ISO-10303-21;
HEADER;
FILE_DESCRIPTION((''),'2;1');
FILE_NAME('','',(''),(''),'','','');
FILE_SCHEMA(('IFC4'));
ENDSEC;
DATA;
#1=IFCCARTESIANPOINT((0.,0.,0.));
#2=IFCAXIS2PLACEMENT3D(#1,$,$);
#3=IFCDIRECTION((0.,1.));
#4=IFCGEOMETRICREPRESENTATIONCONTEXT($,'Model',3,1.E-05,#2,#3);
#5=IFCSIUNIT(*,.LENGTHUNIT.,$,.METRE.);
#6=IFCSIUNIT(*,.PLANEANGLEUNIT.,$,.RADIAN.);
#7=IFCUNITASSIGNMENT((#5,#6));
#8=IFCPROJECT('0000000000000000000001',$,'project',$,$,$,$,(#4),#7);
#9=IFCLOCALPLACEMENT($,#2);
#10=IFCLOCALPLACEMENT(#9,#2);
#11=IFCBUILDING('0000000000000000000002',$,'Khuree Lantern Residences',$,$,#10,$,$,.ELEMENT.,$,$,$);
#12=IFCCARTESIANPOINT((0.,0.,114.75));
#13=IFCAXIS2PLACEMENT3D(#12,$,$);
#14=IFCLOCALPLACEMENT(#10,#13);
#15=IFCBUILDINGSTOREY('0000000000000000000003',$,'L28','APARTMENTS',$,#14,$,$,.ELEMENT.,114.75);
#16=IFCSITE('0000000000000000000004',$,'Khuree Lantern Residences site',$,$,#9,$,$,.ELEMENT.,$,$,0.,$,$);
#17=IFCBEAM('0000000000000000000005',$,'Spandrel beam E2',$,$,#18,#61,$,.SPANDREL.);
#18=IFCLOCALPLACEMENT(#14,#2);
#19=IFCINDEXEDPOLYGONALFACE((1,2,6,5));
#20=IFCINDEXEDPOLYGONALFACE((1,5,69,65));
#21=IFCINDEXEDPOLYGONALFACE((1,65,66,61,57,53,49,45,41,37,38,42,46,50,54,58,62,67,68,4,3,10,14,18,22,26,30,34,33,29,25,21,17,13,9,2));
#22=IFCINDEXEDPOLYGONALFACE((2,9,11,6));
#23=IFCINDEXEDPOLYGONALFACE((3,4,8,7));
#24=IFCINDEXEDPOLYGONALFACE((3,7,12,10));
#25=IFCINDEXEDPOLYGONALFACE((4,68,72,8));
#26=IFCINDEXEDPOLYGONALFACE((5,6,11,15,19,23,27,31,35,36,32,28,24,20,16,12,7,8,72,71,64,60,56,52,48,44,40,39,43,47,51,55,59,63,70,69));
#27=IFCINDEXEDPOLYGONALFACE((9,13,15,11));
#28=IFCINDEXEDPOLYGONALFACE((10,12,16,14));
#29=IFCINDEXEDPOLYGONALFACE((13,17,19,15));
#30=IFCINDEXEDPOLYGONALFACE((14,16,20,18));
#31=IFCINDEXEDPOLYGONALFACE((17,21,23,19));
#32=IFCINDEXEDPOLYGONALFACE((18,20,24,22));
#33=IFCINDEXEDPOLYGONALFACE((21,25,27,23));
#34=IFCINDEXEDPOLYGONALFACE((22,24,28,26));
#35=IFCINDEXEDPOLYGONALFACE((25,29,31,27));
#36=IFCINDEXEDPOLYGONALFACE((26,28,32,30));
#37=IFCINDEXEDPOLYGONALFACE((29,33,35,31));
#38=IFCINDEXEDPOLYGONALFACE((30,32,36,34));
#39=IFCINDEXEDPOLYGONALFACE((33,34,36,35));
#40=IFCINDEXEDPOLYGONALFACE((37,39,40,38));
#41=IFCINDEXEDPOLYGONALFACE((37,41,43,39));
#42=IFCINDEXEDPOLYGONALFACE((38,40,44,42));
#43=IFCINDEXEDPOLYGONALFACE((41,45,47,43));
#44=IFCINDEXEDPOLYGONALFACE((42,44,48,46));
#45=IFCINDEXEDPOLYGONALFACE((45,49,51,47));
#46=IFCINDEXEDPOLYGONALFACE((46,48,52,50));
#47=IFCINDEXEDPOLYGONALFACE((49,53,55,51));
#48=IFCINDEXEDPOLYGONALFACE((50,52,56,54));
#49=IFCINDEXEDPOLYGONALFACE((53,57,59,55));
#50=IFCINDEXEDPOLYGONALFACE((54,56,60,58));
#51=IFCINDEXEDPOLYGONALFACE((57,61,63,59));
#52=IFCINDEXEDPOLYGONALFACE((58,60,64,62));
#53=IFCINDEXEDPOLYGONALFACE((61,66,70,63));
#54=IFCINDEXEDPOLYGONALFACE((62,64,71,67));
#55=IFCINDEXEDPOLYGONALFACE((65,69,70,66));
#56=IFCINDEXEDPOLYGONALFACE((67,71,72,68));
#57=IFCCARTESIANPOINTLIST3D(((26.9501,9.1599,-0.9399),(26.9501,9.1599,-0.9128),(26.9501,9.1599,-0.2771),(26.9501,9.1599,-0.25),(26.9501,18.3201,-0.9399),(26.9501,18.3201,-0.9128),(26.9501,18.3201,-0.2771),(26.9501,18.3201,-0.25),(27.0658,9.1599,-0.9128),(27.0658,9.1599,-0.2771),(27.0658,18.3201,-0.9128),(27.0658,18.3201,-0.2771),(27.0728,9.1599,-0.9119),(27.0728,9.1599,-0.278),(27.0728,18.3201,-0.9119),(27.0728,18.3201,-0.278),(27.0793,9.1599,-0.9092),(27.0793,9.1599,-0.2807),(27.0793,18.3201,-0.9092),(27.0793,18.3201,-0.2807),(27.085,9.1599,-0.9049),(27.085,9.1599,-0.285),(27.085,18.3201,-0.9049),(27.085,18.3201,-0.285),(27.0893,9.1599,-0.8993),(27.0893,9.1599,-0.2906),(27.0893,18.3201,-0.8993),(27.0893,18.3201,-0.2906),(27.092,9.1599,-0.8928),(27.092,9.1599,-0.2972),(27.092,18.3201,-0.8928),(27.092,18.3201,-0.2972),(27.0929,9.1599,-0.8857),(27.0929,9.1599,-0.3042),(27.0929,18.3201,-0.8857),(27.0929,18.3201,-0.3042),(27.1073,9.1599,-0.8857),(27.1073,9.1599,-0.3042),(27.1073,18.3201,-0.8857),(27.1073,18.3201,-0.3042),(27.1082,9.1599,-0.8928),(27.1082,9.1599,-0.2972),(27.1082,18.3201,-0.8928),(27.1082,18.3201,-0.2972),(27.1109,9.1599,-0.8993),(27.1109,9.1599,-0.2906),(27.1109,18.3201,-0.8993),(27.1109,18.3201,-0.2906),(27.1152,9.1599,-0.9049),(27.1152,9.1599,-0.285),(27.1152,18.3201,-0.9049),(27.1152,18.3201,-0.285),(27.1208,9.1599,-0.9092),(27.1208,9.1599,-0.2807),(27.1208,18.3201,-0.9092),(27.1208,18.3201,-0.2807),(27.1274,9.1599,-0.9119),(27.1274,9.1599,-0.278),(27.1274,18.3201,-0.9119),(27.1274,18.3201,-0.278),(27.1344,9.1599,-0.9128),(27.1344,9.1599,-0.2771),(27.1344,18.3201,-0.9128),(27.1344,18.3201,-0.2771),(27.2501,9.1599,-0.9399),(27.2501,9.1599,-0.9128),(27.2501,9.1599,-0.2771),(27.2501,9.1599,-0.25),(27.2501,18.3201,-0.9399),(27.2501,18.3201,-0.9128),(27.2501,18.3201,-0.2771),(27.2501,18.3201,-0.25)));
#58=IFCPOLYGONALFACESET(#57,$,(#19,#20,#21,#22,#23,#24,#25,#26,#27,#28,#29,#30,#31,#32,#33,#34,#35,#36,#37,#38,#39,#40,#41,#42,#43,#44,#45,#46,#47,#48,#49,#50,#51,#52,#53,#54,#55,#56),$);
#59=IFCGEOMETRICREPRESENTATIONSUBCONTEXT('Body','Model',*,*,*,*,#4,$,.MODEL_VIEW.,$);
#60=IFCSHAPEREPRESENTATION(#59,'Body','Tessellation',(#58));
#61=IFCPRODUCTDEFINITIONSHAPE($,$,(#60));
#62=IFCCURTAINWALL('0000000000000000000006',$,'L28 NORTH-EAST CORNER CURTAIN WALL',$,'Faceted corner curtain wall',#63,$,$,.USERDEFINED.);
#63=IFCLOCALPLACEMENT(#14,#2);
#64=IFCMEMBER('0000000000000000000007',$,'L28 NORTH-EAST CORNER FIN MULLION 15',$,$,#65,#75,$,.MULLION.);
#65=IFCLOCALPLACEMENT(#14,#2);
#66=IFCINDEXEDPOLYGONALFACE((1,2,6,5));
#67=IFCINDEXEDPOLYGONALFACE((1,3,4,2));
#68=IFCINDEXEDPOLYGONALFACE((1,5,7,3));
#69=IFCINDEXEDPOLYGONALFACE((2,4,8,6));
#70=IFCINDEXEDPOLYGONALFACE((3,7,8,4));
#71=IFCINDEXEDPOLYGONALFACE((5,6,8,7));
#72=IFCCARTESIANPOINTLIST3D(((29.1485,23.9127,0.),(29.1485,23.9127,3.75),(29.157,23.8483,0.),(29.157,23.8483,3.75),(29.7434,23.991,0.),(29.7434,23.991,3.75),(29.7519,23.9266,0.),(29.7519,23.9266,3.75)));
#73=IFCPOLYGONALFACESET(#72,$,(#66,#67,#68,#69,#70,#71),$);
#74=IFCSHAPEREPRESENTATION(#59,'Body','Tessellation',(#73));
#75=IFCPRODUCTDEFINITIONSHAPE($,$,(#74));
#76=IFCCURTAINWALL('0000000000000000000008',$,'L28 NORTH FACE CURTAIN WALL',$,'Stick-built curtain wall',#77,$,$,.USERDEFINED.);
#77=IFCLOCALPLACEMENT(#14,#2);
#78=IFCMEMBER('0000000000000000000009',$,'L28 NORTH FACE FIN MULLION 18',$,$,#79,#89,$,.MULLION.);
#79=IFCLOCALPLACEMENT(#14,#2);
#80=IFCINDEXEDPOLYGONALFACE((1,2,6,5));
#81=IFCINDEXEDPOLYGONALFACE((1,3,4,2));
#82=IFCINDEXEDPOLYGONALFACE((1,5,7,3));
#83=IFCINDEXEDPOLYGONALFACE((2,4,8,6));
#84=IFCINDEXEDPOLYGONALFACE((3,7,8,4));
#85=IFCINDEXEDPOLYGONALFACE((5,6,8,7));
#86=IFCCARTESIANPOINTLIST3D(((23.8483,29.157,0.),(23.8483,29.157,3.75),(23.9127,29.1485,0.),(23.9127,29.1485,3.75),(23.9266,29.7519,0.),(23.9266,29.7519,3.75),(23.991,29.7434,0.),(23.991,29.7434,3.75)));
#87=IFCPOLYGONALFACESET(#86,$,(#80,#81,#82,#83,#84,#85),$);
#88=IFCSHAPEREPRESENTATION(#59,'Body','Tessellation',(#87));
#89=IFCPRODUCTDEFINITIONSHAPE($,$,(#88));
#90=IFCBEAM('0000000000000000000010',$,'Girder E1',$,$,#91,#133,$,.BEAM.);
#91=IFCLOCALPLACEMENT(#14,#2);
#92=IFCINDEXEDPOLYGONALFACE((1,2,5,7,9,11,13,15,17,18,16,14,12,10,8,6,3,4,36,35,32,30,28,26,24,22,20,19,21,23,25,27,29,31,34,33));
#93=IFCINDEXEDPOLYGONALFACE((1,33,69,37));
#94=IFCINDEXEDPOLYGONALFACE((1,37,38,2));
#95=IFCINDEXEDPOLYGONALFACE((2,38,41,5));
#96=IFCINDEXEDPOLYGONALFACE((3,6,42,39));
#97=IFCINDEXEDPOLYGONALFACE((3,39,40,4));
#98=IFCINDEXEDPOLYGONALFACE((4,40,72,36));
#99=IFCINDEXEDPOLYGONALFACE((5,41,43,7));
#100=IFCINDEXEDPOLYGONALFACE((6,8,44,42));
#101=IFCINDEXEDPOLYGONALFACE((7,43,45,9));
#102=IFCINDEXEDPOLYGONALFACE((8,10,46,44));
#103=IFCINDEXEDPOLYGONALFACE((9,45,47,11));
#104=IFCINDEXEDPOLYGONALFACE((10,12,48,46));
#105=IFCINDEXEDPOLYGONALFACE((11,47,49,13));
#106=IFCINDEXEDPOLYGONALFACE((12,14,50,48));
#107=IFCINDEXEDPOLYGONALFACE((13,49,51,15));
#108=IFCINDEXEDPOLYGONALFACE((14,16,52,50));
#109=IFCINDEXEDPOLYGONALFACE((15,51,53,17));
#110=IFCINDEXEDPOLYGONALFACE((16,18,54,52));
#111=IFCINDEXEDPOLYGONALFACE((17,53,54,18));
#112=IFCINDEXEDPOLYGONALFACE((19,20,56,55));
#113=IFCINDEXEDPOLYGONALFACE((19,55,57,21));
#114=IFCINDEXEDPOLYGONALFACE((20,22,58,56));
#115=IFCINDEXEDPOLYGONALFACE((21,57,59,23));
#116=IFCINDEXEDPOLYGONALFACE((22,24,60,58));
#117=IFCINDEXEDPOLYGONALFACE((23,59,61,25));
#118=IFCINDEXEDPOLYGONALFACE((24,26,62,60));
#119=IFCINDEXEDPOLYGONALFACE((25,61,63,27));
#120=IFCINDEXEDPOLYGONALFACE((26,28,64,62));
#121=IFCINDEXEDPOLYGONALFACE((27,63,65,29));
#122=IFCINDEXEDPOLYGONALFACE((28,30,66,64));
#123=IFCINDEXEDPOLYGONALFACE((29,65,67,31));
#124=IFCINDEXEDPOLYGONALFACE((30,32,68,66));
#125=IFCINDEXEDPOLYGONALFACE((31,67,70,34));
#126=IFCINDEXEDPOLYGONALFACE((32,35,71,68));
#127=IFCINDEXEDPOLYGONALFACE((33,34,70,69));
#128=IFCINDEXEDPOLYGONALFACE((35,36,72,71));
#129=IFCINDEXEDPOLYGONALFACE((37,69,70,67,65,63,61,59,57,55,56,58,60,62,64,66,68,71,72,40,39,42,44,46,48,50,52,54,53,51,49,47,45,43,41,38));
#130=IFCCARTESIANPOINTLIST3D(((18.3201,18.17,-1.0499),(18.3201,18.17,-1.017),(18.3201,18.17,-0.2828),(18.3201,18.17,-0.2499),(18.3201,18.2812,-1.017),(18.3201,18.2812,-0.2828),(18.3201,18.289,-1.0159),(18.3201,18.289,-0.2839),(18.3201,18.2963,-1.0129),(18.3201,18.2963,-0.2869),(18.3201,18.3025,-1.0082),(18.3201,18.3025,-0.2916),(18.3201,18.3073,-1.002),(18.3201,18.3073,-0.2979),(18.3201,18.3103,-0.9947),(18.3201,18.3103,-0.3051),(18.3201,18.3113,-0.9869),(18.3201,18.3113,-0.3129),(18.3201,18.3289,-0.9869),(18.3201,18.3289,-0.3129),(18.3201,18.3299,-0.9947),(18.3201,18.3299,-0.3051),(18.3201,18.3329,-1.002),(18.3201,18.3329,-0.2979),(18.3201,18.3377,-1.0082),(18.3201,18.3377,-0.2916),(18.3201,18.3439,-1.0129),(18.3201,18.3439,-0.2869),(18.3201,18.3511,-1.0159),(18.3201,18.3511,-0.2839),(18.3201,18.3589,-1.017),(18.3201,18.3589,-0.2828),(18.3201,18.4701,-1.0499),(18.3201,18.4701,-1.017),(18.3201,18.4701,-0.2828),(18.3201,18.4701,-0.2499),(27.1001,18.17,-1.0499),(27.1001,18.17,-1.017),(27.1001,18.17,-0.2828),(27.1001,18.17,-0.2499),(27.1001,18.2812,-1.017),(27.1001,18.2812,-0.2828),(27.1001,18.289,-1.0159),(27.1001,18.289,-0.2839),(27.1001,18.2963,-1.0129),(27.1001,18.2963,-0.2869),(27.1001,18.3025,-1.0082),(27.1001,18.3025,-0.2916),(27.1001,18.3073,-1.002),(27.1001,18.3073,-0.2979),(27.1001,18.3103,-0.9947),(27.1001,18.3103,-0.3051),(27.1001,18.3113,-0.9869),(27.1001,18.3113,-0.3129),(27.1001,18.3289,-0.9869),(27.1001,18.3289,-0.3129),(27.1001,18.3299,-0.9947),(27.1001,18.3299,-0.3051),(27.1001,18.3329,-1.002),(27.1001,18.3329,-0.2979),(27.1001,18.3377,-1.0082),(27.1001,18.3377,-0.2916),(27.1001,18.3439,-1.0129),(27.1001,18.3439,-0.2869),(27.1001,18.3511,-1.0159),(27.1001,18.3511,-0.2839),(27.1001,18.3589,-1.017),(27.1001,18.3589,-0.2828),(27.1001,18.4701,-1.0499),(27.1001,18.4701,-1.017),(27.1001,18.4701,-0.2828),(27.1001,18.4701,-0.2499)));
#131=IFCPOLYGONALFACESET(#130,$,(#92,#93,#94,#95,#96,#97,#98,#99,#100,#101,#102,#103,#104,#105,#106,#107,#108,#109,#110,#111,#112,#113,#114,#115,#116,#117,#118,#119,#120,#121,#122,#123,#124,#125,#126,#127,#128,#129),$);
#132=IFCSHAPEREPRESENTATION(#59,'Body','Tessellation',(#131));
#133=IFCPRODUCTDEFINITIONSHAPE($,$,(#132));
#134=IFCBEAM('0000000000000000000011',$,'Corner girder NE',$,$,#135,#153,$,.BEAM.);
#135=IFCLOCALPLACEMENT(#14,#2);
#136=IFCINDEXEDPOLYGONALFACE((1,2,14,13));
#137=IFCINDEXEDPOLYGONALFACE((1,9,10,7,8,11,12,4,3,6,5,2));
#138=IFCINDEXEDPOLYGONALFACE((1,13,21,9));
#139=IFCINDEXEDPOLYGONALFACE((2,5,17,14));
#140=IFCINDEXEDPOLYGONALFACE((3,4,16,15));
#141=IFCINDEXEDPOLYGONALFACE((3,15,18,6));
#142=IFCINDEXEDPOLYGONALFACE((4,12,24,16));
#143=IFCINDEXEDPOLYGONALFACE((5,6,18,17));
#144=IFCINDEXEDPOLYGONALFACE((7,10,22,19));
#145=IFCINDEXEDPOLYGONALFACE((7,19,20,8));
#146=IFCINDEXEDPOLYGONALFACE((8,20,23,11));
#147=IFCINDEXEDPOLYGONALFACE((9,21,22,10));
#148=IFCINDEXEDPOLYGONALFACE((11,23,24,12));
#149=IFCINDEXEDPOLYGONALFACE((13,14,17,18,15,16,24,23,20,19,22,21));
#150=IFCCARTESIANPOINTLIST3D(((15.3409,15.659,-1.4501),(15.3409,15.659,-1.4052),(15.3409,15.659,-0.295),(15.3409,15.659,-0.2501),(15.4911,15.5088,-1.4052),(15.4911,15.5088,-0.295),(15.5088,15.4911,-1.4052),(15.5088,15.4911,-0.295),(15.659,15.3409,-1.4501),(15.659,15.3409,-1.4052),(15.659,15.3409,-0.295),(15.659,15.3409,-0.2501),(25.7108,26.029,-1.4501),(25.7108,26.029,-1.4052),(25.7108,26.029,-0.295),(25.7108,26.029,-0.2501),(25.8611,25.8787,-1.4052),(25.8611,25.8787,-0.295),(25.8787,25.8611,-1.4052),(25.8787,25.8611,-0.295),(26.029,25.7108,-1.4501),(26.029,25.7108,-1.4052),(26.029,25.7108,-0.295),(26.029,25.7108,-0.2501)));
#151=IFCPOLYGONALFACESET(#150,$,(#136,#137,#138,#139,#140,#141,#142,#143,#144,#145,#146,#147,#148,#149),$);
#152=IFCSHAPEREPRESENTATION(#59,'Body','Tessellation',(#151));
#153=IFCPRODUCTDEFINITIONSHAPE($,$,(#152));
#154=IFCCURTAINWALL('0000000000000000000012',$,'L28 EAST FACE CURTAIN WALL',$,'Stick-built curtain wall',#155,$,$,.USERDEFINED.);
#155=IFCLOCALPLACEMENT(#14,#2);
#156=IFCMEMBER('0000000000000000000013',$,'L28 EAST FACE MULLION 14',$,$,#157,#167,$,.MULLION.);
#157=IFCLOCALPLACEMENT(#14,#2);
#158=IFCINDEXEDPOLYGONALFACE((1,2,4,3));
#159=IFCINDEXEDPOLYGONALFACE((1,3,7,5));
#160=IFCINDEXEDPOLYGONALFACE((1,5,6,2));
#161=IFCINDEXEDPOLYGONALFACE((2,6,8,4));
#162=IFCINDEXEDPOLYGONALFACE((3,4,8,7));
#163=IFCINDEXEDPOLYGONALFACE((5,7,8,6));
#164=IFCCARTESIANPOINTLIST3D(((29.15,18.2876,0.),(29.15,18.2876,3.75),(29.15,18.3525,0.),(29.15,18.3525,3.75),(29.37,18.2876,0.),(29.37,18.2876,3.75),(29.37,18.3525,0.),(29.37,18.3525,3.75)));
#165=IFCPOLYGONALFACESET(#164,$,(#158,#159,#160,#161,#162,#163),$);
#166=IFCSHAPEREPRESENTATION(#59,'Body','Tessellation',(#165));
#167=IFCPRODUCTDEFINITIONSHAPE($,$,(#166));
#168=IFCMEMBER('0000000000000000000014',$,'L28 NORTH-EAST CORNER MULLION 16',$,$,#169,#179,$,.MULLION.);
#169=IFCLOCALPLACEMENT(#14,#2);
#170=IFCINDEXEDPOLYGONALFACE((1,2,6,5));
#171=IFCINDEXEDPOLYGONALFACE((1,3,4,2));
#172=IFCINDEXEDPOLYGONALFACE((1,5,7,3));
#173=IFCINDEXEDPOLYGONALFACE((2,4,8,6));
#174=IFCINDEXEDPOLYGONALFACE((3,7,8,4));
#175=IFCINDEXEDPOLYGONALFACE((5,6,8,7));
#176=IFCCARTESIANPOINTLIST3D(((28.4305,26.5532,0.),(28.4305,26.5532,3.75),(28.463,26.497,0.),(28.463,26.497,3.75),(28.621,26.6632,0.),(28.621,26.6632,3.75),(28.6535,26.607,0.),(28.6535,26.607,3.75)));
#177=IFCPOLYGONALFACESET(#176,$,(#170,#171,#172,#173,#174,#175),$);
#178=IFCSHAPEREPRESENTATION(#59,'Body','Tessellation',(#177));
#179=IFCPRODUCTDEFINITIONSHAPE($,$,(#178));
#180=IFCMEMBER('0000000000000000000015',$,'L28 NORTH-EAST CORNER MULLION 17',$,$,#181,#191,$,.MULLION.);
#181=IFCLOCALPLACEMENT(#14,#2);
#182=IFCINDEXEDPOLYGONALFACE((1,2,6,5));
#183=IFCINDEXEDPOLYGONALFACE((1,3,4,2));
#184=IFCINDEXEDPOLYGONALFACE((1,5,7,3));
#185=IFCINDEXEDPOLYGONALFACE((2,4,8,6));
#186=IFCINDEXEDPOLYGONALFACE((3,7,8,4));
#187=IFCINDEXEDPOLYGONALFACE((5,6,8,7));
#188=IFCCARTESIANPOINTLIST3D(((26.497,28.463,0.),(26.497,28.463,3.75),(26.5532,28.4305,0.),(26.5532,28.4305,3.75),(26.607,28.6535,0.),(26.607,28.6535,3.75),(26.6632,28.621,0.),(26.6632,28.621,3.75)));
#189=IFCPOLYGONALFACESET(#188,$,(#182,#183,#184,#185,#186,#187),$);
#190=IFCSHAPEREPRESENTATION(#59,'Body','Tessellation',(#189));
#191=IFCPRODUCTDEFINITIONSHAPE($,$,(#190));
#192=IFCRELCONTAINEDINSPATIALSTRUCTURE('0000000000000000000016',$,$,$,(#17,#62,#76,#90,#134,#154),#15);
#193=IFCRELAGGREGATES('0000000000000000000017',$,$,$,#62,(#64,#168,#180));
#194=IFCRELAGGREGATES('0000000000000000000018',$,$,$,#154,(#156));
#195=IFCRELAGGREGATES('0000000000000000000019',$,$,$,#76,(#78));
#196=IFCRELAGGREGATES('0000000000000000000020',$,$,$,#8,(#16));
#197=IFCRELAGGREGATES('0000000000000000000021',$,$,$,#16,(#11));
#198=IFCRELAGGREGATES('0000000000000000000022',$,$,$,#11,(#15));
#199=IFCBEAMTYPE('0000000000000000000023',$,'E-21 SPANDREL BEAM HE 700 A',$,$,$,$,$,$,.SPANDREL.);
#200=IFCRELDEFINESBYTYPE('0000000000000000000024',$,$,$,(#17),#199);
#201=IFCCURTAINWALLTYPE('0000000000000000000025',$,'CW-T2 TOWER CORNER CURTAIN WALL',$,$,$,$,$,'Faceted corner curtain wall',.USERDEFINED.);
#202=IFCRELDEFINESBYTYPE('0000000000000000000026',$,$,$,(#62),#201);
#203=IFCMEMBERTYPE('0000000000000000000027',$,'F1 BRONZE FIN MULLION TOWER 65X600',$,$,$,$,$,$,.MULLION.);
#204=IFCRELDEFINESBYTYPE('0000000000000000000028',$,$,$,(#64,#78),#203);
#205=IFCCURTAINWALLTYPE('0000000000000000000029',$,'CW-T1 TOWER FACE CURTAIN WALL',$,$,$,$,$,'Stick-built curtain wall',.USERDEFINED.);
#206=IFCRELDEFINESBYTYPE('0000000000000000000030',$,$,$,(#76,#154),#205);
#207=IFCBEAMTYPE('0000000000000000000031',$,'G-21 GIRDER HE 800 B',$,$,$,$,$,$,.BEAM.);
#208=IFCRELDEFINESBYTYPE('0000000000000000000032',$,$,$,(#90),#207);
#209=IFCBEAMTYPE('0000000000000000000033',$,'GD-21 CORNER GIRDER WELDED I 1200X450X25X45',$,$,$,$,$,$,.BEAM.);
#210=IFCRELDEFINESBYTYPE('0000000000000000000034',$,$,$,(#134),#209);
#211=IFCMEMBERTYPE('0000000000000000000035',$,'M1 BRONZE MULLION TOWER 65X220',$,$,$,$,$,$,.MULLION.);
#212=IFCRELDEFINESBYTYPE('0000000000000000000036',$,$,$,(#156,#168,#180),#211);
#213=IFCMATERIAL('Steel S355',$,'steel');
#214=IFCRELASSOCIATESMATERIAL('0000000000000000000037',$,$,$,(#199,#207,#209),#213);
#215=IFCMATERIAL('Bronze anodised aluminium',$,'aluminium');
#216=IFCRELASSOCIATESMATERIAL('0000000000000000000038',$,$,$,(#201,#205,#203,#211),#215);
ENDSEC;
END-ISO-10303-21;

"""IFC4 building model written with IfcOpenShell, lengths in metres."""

from ifc_helpers import new_model, si_unit, direction, frame, origin, origin_2d, place, context, subcontext, project, spatial, rectangle, i_section, extrude, material, material_profile, profile_set, type_object, element, aggregate, save


model = new_model("IFC4")

# Units and contexts
model_context = context("Model", 3, precision=1e-05, world=origin(), true_north=direction((0.0, 1.0)))
body_context = subcontext(model_context, "Body", "Model", "MODEL_VIEW")
ifc_project = project(units=[si_unit("LENGTHUNIT", "METRE"), si_unit("PLANEANGLEUNIT", "RADIAN")], contexts=[model_context])

# Site, building, storey
site_placement = place(None, origin())
site = spatial("IfcSite", under=ifc_project, at=site_placement, Name="Khuree Lantern Residences site", CompositionType="ELEMENT", RefElevation=0.0)
building_placement = place(site_placement, origin())
building = spatial("IfcBuilding", under=site, at=building_placement, Name="Khuree Lantern Residences", CompositionType="ELEMENT")
storey_placement = place(building_placement, frame((0.0, 0.0, 114.75)))
storey = spatial("IfcBuildingStorey", under=building, at=storey_placement, Name="L28", Description="APARTMENTS", CompositionType="ELEMENT", Elevation=114.75)

# Beam
ifc_material_1 = material(Name="Steel S355", Category="steel")
ifc_material_profile_1 = material_profile(ifc_material_1, i_section(OverallWidth=0.3, OverallDepth=0.6899, WebThickness=0.0144, FlangeThickness=0.0271, FilletRadius=0.0271, at=origin_2d()), Name="HE 700 A")
ifc_profile_set_1 = profile_set([ifc_material_profile_1], Name="Steel S355")
beam_type_1 = type_object("IfcBeamType", Name="E-21 SPANDREL BEAM HE 700 A", PredefinedType="SPANDREL", material=ifc_profile_set_1)
beam_1_placement = place(storey_placement, frame((27.1001, 18.3201, -0.595), z_axis=(0.0, -1.0, 0.0), x_axis=(1.0, 0.0, 0.0)))
element("IfcBeam", 1, at=beam_1_placement, inside=storey, type_object=beam_type_1, Name="Spandrel beam E2", PredefinedType="SPANDREL", context=body_context, shape_type="SweptSolid", body=[
    extrude(i_section(OverallWidth=0.3, OverallDepth=0.6899, WebThickness=0.0144, FlangeThickness=0.0271, FilletRadius=0.0271, at=origin_2d()), origin(), (0.0, 0.0, 1.0), 9.1602),
])

# Curtain walls, members
ifc_material_2 = material(Name="Bronze anodised aluminium", Category="aluminium")
curtain_wall_type_1 = type_object("IfcCurtainWallType", Name="CW-T2 TOWER CORNER CURTAIN WALL", ElementType="Faceted corner curtain wall", PredefinedType="USERDEFINED", material=ifc_material_2)
curtain_wall_1_placement = place(storey_placement, origin())
curtain_wall_1 = element("IfcCurtainWall", 2, at=curtain_wall_1_placement, inside=storey, type_object=curtain_wall_type_1, Name="L28 NORTH-EAST CORNER CURTAIN WALL", ObjectType="Faceted corner curtain wall", PredefinedType="USERDEFINED")
ifc_material_profile_2 = material_profile(ifc_material_2, rectangle(XDim=0.0649, YDim=0.6001, at=origin_2d()), Name="F1 65X600")
ifc_profile_set_2 = profile_set([ifc_material_profile_2], Name="Bronze anodised aluminium")
member_type_1 = type_object("IfcMemberType", Name="F1 BRONZE FIN MULLION TOWER 65X600", PredefinedType="MULLION", material=ifc_profile_set_2)
member_1_placement = place(storey_placement, frame((29.4502, 23.9197, 0.0), z_axis=(0.0, 0.0, 1.0), x_axis=(-0.130526, 0.991445, 0.0)))
member_1 = element("IfcMember", 3, at=member_1_placement, type_object=member_type_1, Name="L28 NORTH-EAST CORNER FIN MULLION 15", PredefinedType="MULLION", context=body_context, shape_type="SweptSolid", body=[
    extrude(rectangle(XDim=0.0649, YDim=0.6001, at=origin_2d()), origin(), (0.0, 0.0, 1.0), 3.75),
])
curtain_wall_type_2 = type_object("IfcCurtainWallType", Name="CW-T1 TOWER FACE CURTAIN WALL", ElementType="Stick-built curtain wall", PredefinedType="USERDEFINED", material=ifc_material_2)
curtain_wall_2_placement = place(storey_placement, origin())
curtain_wall_2 = element("IfcCurtainWall", 4, at=curtain_wall_2_placement, inside=storey, type_object=curtain_wall_type_2, Name="L28 NORTH FACE CURTAIN WALL", ObjectType="Stick-built curtain wall", PredefinedType="USERDEFINED")
member_2_placement = place(storey_placement, frame((23.9197, 29.4502, 0.0), z_axis=(0.0, 0.0, 1.0), x_axis=(-0.991445, 0.130526, 0.0)))
member_2 = element("IfcMember", 5, at=member_2_placement, type_object=member_type_1, Name="L28 NORTH FACE FIN MULLION 18", PredefinedType="MULLION", context=body_context, shape_type="SweptSolid", body=[
    extrude(rectangle(XDim=0.0649, YDim=0.6001, at=origin_2d()), origin(), (0.0, 0.0, 1.0), 3.75),
])

# Beams
ifc_material_profile_3 = material_profile(ifc_material_1, i_section(OverallWidth=0.3, OverallDepth=0.8, WebThickness=0.0176, FlangeThickness=0.033, FilletRadius=0.03, at=origin_2d()), Name="HE 800 B")
ifc_profile_set_3 = profile_set([ifc_material_profile_3], Name="Steel S355")
beam_type_2 = type_object("IfcBeamType", Name="G-21 GIRDER HE 800 B", PredefinedType="BEAM", material=ifc_profile_set_3)
beam_2_placement = place(storey_placement, frame((27.1001, 18.3201, -0.6499), z_axis=(-1.0, 0.0, 0.0), x_axis=(0.0, -1.0, 0.0)))
element("IfcBeam", 6, at=beam_2_placement, inside=storey, type_object=beam_type_2, Name="Girder E1", PredefinedType="BEAM", context=body_context, shape_type="SweptSolid", body=[
    extrude(i_section(OverallWidth=0.3, OverallDepth=0.8, WebThickness=0.0176, FlangeThickness=0.033, FilletRadius=0.03, at=origin_2d()), origin(), (0.0, 0.0, 1.0), 8.78),
])
ifc_material_profile_4 = material_profile(ifc_material_1, i_section(OverallWidth=0.45, OverallDepth=1.2, WebThickness=0.0249, FlangeThickness=0.0449, at=origin_2d()), Name="WELDED I 1200X450X25X45")
ifc_profile_set_4 = profile_set([ifc_material_profile_4], Name="Steel S355")
beam_type_3 = type_object("IfcBeamType", Name="GD-21 CORNER GIRDER WELDED I 1200X450X25X45", PredefinedType="BEAM", material=ifc_profile_set_4)
beam_3_placement = place(storey_placement, frame((25.8699, 25.8699, -0.8501), z_axis=(-0.707107, -0.707107, 0.0), x_axis=(0.707107, -0.707107, 0.0)))
element("IfcBeam", 7, at=beam_3_placement, inside=storey, type_object=beam_type_3, Name="Corner girder NE", PredefinedType="BEAM", context=body_context, shape_type="SweptSolid", body=[
    extrude(i_section(OverallWidth=0.45, OverallDepth=1.2, WebThickness=0.0249, FlangeThickness=0.0449, at=origin_2d()), origin(), (0.0, 0.0, 1.0), 14.6653),
])

# Curtain wall, member
curtain_wall_3_placement = place(storey_placement, origin())
curtain_wall_3 = element("IfcCurtainWall", 8, at=curtain_wall_3_placement, inside=storey, type_object=curtain_wall_type_2, Name="L28 EAST FACE CURTAIN WALL", ObjectType="Stick-built curtain wall", PredefinedType="USERDEFINED")
ifc_material_profile_5 = material_profile(ifc_material_2, rectangle(XDim=0.0649, YDim=0.22, at=origin_2d()), Name="M1 65X220")
ifc_profile_set_5 = profile_set([ifc_material_profile_5], Name="Bronze anodised aluminium")
member_type_2 = type_object("IfcMemberType", Name="M1 BRONZE MULLION TOWER 65X220", PredefinedType="MULLION", material=ifc_profile_set_5)
member_3_placement = place(storey_placement, frame((29.26, 18.3201, 0.0), z_axis=(0.0, 0.0, 1.0), x_axis=(0.0, 1.0, 0.0)))
member_3 = element("IfcMember", 9, at=member_3_placement, type_object=member_type_2, Name="L28 EAST FACE MULLION 14", PredefinedType="MULLION", context=body_context, shape_type="SweptSolid", body=[
    extrude(rectangle(XDim=0.0649, YDim=0.22, at=origin_2d()), origin(), (0.0, 0.0, 1.0), 3.75),
])

# Members
member_4_placement = place(storey_placement, frame((28.542, 26.5801, 0.0), z_axis=(0.0, 0.0, 1.0), x_axis=(-0.5, 0.866025, 0.0)))
member_4 = element("IfcMember", 10, at=member_4_placement, type_object=member_type_2, Name="L28 NORTH-EAST CORNER MULLION 16", PredefinedType="MULLION", context=body_context, shape_type="SweptSolid", body=[
    extrude(rectangle(XDim=0.0649, YDim=0.22, at=origin_2d()), origin(), (0.0, 0.0, 1.0), 3.75),
])
member_5_placement = place(storey_placement, frame((26.5801, 28.542, 0.0), z_axis=(0.0, 0.0, 1.0), x_axis=(-0.866025, 0.5, 0.0)))
member_5 = element("IfcMember", 11, at=member_5_placement, type_object=member_type_2, Name="L28 NORTH-EAST CORNER MULLION 17", PredefinedType="MULLION", context=body_context, shape_type="SweptSolid", body=[
    extrude(rectangle(XDim=0.0649, YDim=0.22, at=origin_2d()), origin(), (0.0, 0.0, 1.0), 3.75),
])

aggregate(curtain_wall_1, [member_1, member_4, member_5])
aggregate(curtain_wall_3, [member_3])
aggregate(curtain_wall_2, [member_2])

save(model, "model.ifc")
